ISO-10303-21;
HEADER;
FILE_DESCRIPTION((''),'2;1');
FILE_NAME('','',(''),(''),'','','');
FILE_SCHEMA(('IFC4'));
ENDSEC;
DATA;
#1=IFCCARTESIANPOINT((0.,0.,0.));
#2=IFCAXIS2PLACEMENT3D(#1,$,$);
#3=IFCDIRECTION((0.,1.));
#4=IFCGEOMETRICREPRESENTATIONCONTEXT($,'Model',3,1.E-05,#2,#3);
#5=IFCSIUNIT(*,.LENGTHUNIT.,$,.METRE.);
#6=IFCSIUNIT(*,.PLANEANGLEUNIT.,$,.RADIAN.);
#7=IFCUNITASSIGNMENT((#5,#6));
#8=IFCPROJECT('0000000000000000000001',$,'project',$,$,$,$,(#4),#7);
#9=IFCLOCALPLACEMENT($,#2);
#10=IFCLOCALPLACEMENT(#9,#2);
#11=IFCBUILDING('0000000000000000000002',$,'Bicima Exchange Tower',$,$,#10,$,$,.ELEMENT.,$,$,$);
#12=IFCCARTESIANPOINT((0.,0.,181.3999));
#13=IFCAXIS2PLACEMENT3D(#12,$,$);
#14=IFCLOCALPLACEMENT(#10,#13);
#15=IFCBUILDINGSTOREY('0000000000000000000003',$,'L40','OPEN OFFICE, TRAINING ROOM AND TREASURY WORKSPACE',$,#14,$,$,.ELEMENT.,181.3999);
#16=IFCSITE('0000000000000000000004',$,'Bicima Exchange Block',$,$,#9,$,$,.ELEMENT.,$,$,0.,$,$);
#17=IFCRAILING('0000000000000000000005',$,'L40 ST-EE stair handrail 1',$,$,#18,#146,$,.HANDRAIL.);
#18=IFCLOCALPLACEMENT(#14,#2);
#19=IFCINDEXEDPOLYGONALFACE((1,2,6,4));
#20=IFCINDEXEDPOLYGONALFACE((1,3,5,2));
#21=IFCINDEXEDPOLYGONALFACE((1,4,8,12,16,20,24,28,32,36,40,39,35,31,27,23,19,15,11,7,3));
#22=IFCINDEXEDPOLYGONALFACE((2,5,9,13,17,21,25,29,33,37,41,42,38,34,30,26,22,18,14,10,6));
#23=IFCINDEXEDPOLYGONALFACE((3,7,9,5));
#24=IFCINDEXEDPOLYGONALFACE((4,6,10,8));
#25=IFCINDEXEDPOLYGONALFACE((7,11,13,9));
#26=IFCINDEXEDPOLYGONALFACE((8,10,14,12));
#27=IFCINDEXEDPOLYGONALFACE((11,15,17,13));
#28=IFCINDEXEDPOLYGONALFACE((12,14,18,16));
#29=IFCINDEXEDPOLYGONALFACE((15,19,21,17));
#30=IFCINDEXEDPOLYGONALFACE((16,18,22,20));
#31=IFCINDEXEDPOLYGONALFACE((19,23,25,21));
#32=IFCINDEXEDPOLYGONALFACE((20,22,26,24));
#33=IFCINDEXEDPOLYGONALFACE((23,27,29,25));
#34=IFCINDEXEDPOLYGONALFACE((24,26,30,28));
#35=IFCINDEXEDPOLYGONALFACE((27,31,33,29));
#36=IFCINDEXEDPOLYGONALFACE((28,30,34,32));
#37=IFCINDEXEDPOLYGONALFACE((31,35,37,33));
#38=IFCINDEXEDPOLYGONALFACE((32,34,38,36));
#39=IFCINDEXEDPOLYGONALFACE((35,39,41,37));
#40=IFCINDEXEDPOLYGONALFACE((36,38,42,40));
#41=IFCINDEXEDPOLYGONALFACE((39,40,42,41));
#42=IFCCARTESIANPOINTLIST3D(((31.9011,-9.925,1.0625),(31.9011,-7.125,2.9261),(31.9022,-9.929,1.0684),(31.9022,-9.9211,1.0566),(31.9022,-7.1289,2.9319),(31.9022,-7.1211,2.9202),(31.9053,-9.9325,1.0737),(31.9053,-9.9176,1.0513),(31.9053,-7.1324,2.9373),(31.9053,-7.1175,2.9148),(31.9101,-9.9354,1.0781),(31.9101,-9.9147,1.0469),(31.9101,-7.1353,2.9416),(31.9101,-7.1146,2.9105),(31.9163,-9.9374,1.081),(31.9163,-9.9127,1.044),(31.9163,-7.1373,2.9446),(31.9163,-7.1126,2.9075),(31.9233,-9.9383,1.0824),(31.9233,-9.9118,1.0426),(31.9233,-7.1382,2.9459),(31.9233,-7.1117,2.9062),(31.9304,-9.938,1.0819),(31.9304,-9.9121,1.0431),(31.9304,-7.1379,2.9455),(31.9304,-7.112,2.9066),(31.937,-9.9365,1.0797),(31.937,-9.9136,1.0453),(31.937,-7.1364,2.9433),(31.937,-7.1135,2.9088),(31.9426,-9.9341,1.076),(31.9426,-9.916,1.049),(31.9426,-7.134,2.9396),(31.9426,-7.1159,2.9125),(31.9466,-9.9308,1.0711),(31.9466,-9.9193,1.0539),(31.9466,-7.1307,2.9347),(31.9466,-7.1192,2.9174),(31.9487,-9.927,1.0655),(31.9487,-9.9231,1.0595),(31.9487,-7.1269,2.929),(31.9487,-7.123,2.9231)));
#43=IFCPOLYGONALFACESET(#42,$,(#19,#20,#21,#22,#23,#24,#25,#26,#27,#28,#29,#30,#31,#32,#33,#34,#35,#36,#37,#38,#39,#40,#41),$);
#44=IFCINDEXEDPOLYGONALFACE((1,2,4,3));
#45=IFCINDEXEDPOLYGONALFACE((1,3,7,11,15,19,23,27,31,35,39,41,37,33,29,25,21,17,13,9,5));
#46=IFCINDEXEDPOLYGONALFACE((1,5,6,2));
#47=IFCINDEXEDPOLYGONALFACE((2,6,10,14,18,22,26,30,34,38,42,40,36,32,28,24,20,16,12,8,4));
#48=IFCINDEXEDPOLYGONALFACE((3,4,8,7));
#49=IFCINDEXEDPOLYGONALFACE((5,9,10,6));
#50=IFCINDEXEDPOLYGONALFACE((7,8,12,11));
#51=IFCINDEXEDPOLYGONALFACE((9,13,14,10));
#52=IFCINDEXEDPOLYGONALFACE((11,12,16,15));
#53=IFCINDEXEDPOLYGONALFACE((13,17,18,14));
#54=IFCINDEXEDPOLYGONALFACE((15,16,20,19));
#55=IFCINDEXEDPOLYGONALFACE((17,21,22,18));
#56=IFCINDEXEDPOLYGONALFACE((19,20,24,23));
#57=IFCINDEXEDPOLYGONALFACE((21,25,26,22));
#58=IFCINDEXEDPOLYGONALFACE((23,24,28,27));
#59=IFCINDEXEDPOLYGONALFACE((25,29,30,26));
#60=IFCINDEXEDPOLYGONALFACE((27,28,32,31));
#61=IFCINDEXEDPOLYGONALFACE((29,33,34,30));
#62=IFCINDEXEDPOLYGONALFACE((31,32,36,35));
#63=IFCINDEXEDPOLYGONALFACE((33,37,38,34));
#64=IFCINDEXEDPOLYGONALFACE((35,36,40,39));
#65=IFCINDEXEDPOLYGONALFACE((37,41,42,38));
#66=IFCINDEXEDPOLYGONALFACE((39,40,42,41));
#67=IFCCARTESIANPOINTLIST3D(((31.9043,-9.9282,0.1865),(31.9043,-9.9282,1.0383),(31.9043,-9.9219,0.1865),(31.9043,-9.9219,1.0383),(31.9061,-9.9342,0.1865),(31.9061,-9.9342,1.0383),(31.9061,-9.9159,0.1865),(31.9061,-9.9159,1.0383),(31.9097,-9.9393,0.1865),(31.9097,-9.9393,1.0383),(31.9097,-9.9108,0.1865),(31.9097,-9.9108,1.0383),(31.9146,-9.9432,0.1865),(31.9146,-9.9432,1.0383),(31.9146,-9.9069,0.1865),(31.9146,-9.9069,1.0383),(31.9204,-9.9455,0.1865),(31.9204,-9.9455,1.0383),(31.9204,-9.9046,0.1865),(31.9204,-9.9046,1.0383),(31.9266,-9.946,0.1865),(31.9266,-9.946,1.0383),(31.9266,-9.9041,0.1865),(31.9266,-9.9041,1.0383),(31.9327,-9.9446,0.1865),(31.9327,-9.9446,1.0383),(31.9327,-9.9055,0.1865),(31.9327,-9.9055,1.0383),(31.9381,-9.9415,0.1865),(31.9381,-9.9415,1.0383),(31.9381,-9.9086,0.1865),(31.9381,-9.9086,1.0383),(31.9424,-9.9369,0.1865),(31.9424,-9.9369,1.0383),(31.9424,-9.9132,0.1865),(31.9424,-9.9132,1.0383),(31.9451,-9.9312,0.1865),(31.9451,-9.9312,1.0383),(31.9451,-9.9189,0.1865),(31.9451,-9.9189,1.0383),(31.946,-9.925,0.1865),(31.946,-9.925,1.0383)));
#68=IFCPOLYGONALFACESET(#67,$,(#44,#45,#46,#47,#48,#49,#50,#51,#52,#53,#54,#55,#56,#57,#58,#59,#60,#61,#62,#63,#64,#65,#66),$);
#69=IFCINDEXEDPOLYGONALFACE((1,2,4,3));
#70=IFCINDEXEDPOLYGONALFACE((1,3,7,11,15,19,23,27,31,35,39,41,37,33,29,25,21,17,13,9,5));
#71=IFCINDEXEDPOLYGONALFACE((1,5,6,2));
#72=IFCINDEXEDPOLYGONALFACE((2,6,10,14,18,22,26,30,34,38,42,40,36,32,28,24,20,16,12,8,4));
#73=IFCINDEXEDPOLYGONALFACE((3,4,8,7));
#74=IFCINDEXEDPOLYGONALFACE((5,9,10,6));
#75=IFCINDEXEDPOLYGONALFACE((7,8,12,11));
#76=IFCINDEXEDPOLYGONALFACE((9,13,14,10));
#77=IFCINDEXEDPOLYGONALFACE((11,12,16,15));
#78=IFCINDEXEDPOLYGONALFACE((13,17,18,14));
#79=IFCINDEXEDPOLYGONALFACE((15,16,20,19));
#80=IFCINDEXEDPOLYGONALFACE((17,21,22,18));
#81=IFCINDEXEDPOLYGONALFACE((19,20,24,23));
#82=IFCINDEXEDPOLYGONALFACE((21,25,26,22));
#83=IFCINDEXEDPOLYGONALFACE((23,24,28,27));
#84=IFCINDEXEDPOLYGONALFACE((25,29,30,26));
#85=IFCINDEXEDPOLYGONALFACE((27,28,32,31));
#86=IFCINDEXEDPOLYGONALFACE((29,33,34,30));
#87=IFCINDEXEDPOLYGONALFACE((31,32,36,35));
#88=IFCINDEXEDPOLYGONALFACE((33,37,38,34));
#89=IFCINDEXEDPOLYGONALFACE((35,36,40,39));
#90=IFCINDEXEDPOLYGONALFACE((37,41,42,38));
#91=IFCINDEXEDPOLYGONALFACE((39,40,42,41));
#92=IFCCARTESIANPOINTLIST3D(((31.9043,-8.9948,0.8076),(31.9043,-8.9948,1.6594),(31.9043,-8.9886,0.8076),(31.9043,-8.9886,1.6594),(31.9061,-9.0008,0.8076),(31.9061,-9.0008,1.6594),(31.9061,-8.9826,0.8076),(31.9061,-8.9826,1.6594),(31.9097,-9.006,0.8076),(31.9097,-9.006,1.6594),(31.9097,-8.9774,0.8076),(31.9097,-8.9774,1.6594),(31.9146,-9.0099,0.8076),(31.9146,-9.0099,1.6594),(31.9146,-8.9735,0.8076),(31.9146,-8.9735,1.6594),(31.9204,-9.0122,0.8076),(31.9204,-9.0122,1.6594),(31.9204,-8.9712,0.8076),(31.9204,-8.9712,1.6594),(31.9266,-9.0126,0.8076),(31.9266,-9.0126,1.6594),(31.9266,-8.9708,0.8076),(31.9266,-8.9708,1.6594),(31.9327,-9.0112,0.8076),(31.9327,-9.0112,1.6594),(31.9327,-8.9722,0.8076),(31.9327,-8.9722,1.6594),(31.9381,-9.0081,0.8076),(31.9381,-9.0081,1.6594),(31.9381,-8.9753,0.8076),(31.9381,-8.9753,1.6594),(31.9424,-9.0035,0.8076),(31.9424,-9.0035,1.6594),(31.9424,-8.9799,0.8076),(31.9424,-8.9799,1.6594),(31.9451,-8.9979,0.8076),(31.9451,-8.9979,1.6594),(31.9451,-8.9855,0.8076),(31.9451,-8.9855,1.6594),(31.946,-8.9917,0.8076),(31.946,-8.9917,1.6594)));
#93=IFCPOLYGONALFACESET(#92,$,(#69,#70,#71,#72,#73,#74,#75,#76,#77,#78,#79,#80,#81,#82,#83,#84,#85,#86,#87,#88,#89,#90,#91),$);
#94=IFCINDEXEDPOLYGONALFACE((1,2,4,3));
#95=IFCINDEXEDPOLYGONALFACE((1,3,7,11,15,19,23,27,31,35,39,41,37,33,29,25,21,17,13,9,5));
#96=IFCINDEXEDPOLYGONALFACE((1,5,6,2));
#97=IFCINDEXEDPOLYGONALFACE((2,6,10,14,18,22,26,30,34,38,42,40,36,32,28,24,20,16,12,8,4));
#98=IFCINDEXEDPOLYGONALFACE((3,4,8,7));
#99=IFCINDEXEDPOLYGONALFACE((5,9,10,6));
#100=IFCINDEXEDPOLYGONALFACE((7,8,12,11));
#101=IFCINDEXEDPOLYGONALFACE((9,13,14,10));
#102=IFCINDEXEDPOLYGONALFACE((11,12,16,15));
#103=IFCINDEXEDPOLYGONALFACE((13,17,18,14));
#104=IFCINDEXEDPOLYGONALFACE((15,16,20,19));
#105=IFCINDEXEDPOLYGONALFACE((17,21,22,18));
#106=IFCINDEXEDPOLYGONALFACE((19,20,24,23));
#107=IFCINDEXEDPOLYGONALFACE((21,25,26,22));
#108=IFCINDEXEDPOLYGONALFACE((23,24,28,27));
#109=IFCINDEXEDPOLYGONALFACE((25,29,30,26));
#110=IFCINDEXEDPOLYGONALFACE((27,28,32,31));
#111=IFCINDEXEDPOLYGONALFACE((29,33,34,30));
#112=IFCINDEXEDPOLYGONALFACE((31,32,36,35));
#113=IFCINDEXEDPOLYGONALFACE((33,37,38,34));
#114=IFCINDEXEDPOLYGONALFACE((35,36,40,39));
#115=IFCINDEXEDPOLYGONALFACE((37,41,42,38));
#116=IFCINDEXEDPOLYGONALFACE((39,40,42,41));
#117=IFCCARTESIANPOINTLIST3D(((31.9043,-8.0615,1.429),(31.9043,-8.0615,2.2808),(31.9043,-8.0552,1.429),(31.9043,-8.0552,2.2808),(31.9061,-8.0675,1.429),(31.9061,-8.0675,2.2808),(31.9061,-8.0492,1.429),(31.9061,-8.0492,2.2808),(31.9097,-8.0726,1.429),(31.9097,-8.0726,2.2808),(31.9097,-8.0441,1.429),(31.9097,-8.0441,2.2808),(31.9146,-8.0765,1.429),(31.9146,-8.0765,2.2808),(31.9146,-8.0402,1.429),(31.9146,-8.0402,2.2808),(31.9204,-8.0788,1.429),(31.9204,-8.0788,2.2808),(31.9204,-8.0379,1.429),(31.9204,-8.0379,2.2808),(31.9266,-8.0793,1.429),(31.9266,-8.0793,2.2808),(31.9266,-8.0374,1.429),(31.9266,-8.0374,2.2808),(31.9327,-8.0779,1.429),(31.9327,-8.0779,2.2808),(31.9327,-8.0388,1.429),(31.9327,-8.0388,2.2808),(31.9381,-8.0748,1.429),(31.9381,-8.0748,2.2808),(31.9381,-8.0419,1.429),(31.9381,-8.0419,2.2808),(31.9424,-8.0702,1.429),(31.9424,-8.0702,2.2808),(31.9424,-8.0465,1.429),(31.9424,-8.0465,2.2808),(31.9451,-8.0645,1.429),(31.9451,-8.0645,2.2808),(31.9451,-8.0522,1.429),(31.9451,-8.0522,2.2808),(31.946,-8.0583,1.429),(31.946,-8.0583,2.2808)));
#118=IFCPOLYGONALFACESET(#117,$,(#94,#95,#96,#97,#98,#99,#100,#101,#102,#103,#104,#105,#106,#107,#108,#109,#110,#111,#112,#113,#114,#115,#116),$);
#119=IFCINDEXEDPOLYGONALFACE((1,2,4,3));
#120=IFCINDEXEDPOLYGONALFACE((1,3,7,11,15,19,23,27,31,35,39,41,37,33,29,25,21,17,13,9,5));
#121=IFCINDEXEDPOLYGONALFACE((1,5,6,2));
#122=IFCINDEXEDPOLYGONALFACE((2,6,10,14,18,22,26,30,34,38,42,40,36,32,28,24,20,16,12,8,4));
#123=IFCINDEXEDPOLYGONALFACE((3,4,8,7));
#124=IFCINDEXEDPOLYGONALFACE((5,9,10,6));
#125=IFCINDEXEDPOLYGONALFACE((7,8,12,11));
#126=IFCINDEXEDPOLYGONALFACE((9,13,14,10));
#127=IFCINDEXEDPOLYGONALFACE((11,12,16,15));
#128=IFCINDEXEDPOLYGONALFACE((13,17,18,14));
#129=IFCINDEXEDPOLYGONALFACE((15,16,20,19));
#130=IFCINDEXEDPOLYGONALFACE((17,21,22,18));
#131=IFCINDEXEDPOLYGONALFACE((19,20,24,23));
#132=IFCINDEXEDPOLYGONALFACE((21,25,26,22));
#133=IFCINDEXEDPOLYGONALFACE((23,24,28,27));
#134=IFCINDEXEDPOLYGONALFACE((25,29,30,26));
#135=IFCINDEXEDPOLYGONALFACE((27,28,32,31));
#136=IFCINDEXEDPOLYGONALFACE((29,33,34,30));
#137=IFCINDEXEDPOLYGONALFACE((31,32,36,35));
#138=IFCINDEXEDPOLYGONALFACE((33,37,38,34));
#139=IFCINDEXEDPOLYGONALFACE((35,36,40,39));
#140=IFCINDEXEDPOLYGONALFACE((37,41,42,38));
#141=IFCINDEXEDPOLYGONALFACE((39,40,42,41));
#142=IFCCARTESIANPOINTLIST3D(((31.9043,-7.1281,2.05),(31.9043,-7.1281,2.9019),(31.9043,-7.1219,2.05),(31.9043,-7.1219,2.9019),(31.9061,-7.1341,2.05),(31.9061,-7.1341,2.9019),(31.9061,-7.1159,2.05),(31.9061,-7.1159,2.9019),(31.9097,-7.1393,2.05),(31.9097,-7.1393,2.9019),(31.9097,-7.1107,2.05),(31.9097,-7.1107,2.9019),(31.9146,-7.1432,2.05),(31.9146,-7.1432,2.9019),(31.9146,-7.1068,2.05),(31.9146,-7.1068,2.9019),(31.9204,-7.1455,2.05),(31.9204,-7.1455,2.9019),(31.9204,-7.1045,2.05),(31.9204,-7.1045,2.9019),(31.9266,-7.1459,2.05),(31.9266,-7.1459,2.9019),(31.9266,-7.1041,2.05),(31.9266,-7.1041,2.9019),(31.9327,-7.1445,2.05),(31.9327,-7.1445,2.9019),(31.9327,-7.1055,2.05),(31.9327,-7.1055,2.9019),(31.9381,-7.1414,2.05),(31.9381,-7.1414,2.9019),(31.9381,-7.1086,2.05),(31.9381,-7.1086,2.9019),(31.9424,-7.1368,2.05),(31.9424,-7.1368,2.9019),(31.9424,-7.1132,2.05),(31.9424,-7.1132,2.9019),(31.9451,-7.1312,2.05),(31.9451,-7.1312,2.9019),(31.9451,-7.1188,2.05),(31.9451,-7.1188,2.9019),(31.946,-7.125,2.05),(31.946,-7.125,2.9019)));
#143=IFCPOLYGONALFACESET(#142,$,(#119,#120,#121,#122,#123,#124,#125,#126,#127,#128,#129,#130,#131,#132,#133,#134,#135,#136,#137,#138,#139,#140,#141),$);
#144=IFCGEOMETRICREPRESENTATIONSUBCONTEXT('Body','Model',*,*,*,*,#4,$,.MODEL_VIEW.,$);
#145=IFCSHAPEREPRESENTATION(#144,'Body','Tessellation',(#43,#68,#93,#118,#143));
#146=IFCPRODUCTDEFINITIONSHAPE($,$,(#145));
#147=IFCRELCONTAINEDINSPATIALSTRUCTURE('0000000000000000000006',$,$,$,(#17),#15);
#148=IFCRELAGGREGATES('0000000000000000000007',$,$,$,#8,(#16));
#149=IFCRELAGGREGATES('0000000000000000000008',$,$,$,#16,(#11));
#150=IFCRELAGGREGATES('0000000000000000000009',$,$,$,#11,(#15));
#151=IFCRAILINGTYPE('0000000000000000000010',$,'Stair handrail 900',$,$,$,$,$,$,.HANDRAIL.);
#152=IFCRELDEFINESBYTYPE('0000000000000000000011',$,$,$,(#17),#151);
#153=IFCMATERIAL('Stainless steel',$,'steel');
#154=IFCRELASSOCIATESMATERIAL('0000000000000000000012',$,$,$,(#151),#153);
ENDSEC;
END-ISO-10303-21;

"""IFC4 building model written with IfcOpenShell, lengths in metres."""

from ifc_helpers import new_model, si_unit, direction, frame, origin, origin_2d, place, context, subcontext, project, spatial, circle, extrude, material, type_object, element, save


model = new_model("IFC4")

# Units and contexts
model_context = context("Model", 3, precision=1e-05, world=origin(), true_north=direction((0.0, 1.0)))
body_context = subcontext(model_context, "Body", "Model", "MODEL_VIEW")
ifc_project = project(units=[si_unit("LENGTHUNIT", "METRE"), si_unit("PLANEANGLEUNIT", "RADIAN")], contexts=[model_context])

# Site, building, storey
site_placement = place(None, origin())
site = spatial("IfcSite", under=ifc_project, at=site_placement, Name="Bicima Exchange Block", CompositionType="ELEMENT", RefElevation=0.0)
building_placement = place(site_placement, origin())
building = spatial("IfcBuilding", under=site, at=building_placement, Name="Bicima Exchange Tower", CompositionType="ELEMENT")
storey_placement = place(building_placement, frame((0.0, 0.0, 181.3999)))
storey = spatial("IfcBuildingStorey", under=building, at=storey_placement, Name="L40", Description="OPEN OFFICE, TRAINING ROOM AND TREASURY WORKSPACE", CompositionType="ELEMENT", Elevation=181.3999)

# Railing
ifc_material_1 = material(Name="Stainless steel", Category="steel")
railing_type_1 = type_object("IfcRailingType", Name="Stair handrail 900", PredefinedType="HANDRAIL", material=ifc_material_1)
railing_1_placement = place(storey_placement, frame((31.925, -9.925, 0.1865)))
element("IfcRailing", 1, at=railing_1_placement, inside=storey, type_object=railing_type_1, Name="L40 ST-EE stair handrail 1", PredefinedType="HANDRAIL", context=body_context, shape_type="SweptSolid", body=[
    extrude(circle(Radius=0.0239, at=origin_2d()), frame((0.0, 0.0, 0.876), z_axis=(0.0, 0.832486, 0.554047), x_axis=(-1.0, 0.0, 0.0)), (0.0, 0.0, 1.0), 3.3635),
    extrude(circle(Radius=0.021, at=origin_2d()), origin(), (0.0, 0.0, 1.0), 0.8518),
    extrude(circle(Radius=0.021, at=origin_2d()), frame((0.0, 0.9333, 0.6211)), (0.0, 0.0, 1.0), 0.8518),
    extrude(circle(Radius=0.021, at=origin_2d()), frame((0.0, 1.8667, 1.2424)), (0.0, 0.0, 1.0), 0.8518),
    extrude(circle(Radius=0.021, at=origin_2d()), frame((0.0, 2.8, 1.8635)), (0.0, 0.0, 1.0), 0.8518),
])

save(model, "model.ifc")
